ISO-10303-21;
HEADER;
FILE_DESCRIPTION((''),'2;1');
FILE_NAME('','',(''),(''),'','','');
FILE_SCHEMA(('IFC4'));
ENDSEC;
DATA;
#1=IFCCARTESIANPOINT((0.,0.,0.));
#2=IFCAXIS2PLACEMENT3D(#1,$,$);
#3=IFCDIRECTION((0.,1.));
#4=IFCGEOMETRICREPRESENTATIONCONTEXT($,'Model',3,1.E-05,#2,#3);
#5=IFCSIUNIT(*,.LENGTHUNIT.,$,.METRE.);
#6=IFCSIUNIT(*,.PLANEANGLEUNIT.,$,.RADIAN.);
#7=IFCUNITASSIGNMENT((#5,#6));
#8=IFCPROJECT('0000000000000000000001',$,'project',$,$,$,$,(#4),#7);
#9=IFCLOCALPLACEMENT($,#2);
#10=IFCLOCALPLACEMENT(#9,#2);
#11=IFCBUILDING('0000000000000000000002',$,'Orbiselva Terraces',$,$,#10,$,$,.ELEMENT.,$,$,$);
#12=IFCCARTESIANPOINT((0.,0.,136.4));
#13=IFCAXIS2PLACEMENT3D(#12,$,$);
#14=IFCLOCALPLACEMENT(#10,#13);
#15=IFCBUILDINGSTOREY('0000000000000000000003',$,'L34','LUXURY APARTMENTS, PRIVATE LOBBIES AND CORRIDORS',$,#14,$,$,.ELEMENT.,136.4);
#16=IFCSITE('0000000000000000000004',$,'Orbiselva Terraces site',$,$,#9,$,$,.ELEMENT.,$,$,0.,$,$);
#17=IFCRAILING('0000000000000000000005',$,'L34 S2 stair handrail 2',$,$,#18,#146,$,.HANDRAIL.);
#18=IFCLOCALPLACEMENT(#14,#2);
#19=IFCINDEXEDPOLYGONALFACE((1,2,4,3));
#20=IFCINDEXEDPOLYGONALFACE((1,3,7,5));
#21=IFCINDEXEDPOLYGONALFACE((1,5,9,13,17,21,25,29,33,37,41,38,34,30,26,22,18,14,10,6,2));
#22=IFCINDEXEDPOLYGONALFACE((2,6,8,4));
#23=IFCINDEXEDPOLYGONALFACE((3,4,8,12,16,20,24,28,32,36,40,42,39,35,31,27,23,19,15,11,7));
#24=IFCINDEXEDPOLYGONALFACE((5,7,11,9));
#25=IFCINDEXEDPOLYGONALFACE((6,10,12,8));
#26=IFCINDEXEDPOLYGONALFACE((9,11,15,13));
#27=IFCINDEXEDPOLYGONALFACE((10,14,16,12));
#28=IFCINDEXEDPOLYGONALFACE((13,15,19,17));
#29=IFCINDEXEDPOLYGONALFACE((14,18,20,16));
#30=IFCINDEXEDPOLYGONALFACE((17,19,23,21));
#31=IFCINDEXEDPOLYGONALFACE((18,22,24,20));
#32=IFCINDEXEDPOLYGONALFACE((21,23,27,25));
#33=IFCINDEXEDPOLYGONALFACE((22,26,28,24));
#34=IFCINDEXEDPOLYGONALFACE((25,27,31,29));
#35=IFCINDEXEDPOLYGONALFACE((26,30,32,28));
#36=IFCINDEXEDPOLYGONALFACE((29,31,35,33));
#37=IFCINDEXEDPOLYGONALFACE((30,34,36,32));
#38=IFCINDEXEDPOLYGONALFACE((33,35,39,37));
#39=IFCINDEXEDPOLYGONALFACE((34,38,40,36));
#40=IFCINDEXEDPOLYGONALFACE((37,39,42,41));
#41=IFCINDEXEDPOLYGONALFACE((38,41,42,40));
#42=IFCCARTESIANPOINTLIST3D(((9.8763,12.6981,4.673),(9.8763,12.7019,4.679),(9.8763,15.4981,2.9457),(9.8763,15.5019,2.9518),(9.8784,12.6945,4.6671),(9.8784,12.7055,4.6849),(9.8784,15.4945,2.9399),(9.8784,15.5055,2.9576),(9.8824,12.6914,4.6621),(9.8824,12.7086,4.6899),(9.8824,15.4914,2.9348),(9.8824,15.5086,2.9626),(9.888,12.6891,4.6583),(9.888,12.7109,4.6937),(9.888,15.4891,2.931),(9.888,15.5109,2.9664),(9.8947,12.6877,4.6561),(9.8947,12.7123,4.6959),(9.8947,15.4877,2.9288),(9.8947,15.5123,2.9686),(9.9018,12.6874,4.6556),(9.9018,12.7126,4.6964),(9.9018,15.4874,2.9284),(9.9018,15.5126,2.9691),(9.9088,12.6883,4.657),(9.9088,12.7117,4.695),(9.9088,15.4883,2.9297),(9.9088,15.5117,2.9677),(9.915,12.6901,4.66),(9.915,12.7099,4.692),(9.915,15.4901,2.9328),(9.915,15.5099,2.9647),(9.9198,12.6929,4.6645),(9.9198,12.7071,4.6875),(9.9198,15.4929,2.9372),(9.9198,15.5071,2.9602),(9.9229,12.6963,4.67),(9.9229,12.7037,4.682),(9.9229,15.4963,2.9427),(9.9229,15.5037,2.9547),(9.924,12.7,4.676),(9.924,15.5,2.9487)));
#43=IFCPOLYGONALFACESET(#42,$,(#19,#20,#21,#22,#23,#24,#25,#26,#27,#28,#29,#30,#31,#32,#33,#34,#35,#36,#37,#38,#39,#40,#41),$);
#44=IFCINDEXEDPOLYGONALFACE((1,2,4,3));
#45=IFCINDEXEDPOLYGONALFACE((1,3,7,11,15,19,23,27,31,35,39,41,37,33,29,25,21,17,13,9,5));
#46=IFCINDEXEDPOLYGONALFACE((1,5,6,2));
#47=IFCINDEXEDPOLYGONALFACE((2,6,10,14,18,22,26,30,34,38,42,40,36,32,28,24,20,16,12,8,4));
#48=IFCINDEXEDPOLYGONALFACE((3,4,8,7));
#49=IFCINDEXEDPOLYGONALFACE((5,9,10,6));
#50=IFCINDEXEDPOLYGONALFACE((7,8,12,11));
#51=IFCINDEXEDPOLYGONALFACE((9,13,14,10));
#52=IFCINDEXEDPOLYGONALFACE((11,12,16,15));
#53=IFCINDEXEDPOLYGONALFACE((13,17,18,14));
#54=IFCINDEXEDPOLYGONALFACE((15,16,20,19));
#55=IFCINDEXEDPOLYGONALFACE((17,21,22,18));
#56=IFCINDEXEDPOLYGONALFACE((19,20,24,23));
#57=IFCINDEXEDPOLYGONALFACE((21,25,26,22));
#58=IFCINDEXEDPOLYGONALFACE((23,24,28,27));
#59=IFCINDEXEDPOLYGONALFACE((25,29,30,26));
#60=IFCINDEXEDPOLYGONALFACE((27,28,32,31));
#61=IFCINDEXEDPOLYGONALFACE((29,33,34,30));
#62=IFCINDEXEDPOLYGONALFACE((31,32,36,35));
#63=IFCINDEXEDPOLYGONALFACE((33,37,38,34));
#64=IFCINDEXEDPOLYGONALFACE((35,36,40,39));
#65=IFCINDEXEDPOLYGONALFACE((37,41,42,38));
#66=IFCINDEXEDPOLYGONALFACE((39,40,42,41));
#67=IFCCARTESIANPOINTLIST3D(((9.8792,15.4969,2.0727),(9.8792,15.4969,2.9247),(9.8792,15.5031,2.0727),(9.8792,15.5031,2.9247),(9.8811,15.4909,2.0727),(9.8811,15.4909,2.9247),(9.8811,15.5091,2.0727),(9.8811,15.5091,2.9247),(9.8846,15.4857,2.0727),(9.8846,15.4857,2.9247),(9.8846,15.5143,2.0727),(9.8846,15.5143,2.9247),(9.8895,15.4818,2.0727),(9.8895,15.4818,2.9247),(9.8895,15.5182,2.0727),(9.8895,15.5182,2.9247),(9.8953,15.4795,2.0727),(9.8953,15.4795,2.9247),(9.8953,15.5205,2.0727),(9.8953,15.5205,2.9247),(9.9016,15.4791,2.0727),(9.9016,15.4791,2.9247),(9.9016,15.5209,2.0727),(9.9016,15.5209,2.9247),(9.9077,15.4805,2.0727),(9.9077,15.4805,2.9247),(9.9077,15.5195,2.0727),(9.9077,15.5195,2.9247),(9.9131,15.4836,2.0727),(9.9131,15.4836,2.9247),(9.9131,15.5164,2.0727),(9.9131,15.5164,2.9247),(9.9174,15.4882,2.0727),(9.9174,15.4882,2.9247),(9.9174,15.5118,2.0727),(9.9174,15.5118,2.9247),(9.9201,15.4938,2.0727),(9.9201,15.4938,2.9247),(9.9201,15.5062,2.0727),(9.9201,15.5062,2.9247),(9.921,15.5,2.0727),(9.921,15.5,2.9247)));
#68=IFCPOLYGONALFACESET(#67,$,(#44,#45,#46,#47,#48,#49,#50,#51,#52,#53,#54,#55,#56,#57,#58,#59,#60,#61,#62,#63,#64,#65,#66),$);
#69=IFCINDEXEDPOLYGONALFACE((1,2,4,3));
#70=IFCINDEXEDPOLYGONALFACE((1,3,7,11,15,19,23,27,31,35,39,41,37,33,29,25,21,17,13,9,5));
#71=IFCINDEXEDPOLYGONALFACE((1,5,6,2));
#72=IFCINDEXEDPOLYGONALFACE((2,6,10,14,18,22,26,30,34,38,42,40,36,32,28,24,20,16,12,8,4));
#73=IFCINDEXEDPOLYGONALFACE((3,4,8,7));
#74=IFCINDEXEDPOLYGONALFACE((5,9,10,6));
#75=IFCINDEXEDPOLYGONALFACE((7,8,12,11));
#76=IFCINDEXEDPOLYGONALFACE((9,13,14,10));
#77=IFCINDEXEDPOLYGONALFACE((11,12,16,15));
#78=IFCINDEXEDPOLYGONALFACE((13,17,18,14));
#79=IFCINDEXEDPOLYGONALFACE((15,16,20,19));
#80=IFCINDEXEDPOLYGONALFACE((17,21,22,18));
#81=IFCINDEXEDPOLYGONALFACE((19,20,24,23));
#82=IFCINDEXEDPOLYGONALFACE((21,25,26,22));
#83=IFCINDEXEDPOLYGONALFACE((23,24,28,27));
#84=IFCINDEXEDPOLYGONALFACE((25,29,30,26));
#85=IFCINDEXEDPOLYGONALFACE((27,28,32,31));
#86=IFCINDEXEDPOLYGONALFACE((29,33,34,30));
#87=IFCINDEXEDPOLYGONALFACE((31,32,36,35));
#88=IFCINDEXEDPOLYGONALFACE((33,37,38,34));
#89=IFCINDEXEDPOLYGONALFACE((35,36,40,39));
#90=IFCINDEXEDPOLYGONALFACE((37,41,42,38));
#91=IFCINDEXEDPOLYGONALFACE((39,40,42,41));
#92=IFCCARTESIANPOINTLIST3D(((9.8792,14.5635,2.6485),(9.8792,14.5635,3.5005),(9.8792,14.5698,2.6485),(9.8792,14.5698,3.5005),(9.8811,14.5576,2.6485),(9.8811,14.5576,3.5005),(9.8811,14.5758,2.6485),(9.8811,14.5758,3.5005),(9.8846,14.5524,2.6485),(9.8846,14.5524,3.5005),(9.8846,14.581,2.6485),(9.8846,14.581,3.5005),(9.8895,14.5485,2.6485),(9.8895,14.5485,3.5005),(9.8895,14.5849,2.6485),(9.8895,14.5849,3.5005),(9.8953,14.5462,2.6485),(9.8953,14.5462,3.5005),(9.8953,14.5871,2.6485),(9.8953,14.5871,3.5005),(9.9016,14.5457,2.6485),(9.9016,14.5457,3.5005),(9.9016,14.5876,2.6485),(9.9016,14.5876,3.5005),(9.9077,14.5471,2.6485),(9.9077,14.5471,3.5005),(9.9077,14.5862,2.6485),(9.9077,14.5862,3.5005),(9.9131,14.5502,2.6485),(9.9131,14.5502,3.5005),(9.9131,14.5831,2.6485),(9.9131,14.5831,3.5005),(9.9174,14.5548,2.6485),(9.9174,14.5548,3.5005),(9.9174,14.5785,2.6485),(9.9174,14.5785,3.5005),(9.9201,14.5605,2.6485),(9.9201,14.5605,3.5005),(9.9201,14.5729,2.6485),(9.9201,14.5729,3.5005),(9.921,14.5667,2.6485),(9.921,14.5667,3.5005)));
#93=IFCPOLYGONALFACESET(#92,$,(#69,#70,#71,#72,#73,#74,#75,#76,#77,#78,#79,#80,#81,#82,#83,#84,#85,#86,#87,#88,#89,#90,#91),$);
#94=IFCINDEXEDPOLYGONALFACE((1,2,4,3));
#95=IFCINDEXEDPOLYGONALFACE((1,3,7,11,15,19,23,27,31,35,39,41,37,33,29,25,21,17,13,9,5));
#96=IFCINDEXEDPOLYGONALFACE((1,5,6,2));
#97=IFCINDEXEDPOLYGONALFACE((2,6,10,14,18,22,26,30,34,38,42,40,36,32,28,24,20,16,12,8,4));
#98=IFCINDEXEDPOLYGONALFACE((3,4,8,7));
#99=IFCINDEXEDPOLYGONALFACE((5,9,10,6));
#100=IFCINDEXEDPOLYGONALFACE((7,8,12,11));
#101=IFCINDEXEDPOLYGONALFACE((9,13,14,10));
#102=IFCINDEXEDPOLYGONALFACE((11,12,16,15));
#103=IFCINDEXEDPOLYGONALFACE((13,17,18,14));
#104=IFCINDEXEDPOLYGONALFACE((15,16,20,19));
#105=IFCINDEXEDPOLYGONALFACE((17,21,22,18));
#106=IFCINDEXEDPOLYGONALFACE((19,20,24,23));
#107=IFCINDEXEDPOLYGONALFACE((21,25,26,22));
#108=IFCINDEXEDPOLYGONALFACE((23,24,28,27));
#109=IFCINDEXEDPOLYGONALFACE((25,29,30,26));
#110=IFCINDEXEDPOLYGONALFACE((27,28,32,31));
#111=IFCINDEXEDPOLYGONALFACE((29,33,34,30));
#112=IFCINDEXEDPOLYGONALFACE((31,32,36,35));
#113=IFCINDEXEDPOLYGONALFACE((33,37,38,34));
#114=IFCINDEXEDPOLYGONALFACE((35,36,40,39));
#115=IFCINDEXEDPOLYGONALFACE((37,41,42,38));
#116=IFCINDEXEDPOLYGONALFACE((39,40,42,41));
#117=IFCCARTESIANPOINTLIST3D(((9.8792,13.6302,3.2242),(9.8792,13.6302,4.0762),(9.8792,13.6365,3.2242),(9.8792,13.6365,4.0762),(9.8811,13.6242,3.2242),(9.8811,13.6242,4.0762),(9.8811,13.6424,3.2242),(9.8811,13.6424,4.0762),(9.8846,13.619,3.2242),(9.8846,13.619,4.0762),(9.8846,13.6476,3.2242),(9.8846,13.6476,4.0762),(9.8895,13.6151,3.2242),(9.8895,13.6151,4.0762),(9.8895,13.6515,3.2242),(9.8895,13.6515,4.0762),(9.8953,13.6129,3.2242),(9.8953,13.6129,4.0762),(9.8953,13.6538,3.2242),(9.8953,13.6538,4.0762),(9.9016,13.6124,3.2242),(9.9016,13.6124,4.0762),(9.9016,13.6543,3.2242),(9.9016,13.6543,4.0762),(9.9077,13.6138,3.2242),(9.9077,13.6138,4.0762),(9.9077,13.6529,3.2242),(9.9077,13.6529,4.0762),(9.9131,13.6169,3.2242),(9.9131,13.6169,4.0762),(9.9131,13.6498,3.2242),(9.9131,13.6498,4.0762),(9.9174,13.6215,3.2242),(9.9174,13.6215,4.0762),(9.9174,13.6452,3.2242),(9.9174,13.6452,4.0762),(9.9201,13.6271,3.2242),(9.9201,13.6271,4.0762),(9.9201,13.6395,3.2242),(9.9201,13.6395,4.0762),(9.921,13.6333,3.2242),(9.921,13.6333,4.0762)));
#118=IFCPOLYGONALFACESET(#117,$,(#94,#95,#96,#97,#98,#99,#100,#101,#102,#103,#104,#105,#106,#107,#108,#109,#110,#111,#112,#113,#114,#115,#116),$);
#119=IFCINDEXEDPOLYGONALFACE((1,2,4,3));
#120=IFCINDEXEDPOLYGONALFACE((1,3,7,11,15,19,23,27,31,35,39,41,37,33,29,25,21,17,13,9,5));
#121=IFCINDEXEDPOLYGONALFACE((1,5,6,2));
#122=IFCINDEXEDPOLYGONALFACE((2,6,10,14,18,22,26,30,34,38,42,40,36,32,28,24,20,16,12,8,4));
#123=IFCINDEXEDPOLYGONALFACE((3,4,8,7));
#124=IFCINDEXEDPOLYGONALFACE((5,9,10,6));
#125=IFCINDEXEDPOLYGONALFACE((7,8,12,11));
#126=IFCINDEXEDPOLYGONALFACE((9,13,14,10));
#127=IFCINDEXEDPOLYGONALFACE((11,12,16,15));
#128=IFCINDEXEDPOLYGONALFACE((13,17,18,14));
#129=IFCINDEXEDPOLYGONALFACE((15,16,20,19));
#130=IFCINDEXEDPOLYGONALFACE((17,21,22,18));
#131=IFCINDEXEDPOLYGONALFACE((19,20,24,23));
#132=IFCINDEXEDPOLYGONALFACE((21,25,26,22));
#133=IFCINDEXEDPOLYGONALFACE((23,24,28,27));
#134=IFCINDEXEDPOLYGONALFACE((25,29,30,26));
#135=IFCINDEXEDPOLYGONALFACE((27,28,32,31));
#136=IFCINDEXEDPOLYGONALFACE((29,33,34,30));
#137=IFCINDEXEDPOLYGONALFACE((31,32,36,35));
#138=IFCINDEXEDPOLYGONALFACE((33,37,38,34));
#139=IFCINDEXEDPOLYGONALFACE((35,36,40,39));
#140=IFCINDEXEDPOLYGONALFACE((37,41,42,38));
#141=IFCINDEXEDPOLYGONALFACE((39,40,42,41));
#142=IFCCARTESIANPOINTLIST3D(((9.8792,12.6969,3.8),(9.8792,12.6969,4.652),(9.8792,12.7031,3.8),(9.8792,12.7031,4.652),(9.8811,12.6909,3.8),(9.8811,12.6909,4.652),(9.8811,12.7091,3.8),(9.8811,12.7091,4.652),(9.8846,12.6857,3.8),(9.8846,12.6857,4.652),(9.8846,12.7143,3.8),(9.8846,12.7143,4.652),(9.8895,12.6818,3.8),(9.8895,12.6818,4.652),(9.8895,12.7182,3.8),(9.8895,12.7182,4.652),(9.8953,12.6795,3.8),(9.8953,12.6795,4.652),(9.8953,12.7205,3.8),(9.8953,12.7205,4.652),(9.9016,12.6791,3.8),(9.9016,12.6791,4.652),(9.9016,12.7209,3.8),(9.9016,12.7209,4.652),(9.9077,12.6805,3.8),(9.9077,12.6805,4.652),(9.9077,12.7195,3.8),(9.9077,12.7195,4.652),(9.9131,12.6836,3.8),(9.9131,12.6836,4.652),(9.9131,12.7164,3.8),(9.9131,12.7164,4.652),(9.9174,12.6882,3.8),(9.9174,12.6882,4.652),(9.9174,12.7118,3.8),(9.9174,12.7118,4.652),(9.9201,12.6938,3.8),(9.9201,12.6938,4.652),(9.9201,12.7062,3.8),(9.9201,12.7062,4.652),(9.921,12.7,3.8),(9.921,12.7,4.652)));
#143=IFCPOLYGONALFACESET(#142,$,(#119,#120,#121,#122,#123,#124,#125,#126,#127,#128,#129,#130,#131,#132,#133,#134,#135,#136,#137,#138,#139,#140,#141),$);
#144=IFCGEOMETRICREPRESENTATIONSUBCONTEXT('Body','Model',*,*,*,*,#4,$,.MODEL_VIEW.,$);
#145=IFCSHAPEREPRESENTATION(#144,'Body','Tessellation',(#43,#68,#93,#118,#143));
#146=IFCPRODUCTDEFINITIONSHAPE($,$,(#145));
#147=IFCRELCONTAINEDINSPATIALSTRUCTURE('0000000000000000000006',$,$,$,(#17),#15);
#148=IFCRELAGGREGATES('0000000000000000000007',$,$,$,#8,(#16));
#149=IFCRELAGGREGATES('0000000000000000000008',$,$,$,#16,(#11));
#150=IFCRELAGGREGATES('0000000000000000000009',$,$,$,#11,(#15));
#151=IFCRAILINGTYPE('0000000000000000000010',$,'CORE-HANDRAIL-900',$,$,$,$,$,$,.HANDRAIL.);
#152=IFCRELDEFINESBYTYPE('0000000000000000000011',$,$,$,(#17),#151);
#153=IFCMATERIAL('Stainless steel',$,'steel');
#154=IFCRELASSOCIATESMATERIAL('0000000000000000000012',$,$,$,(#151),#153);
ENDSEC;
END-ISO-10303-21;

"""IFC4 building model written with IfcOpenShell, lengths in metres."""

from ifc_helpers import new_model, si_unit, direction, frame, origin, origin_2d, place, context, subcontext, project, spatial, circle, extrude, material, type_object, element, save


model = new_model("IFC4")

# Units and contexts
model_context = context("Model", 3, precision=1e-05, world=origin(), true_north=direction((0.0, 1.0)))
body_context = subcontext(model_context, "Body", "Model", "MODEL_VIEW")
ifc_project = project(units=[si_unit("LENGTHUNIT", "METRE"), si_unit("PLANEANGLEUNIT", "RADIAN")], contexts=[model_context])

# Site, building, storey
site_placement = place(None, origin())
site = spatial("IfcSite", under=ifc_project, at=site_placement, Name="Orbiselva Terraces site", CompositionType="ELEMENT", RefElevation=0.0)
building_placement = place(site_placement, origin())
building = spatial("IfcBuilding", under=site, at=building_placement, Name="Orbiselva Terraces", CompositionType="ELEMENT")
storey_placement = place(building_placement, frame((0.0, 0.0, 136.4)))
storey = spatial("IfcBuildingStorey", under=building, at=storey_placement, Name="L34", Description="LUXURY APARTMENTS, PRIVATE LOBBIES AND CORRIDORS", CompositionType="ELEMENT", Elevation=136.4)

# Railing
ifc_material_1 = material(Name="Stainless steel", Category="steel")
railing_type = type_object("IfcRailingType", Name="CORE-HANDRAIL-900", PredefinedType="HANDRAIL", material=ifc_material_1)
railing_placement = place(storey_placement, frame((9.9, 15.5, 2.0727)))
element("IfcRailing", 1, at=railing_placement, inside=storey, type_object=railing_type, Name="L34 S2 stair handrail 2", PredefinedType="HANDRAIL", context=body_context, shape_type="SweptSolid", body=[
    extrude(circle(Radius=0.024, at=origin_2d()), frame((0.0, 0.0, 0.876), z_axis=(0.0, -0.851089, 0.525022), x_axis=(1.0, 0.0, 0.0)), (0.0, 0.0, 1.0), 3.2899),
    extrude(circle(Radius=0.021, at=origin_2d()), origin(), (0.0, 0.0, 1.0), 0.852),
    extrude(circle(Radius=0.021, at=origin_2d()), frame((0.0, -0.9333, 0.5758)), (0.0, 0.0, 1.0), 0.852),
    extrude(circle(Radius=0.021, at=origin_2d()), frame((0.0, -1.8667, 1.1515)), (0.0, 0.0, 1.0), 0.852),
    extrude(circle(Radius=0.021, at=origin_2d()), frame((0.0, -2.8, 1.7273)), (0.0, 0.0, 1.0), 0.852),
])

save(model, "model.ifc")
